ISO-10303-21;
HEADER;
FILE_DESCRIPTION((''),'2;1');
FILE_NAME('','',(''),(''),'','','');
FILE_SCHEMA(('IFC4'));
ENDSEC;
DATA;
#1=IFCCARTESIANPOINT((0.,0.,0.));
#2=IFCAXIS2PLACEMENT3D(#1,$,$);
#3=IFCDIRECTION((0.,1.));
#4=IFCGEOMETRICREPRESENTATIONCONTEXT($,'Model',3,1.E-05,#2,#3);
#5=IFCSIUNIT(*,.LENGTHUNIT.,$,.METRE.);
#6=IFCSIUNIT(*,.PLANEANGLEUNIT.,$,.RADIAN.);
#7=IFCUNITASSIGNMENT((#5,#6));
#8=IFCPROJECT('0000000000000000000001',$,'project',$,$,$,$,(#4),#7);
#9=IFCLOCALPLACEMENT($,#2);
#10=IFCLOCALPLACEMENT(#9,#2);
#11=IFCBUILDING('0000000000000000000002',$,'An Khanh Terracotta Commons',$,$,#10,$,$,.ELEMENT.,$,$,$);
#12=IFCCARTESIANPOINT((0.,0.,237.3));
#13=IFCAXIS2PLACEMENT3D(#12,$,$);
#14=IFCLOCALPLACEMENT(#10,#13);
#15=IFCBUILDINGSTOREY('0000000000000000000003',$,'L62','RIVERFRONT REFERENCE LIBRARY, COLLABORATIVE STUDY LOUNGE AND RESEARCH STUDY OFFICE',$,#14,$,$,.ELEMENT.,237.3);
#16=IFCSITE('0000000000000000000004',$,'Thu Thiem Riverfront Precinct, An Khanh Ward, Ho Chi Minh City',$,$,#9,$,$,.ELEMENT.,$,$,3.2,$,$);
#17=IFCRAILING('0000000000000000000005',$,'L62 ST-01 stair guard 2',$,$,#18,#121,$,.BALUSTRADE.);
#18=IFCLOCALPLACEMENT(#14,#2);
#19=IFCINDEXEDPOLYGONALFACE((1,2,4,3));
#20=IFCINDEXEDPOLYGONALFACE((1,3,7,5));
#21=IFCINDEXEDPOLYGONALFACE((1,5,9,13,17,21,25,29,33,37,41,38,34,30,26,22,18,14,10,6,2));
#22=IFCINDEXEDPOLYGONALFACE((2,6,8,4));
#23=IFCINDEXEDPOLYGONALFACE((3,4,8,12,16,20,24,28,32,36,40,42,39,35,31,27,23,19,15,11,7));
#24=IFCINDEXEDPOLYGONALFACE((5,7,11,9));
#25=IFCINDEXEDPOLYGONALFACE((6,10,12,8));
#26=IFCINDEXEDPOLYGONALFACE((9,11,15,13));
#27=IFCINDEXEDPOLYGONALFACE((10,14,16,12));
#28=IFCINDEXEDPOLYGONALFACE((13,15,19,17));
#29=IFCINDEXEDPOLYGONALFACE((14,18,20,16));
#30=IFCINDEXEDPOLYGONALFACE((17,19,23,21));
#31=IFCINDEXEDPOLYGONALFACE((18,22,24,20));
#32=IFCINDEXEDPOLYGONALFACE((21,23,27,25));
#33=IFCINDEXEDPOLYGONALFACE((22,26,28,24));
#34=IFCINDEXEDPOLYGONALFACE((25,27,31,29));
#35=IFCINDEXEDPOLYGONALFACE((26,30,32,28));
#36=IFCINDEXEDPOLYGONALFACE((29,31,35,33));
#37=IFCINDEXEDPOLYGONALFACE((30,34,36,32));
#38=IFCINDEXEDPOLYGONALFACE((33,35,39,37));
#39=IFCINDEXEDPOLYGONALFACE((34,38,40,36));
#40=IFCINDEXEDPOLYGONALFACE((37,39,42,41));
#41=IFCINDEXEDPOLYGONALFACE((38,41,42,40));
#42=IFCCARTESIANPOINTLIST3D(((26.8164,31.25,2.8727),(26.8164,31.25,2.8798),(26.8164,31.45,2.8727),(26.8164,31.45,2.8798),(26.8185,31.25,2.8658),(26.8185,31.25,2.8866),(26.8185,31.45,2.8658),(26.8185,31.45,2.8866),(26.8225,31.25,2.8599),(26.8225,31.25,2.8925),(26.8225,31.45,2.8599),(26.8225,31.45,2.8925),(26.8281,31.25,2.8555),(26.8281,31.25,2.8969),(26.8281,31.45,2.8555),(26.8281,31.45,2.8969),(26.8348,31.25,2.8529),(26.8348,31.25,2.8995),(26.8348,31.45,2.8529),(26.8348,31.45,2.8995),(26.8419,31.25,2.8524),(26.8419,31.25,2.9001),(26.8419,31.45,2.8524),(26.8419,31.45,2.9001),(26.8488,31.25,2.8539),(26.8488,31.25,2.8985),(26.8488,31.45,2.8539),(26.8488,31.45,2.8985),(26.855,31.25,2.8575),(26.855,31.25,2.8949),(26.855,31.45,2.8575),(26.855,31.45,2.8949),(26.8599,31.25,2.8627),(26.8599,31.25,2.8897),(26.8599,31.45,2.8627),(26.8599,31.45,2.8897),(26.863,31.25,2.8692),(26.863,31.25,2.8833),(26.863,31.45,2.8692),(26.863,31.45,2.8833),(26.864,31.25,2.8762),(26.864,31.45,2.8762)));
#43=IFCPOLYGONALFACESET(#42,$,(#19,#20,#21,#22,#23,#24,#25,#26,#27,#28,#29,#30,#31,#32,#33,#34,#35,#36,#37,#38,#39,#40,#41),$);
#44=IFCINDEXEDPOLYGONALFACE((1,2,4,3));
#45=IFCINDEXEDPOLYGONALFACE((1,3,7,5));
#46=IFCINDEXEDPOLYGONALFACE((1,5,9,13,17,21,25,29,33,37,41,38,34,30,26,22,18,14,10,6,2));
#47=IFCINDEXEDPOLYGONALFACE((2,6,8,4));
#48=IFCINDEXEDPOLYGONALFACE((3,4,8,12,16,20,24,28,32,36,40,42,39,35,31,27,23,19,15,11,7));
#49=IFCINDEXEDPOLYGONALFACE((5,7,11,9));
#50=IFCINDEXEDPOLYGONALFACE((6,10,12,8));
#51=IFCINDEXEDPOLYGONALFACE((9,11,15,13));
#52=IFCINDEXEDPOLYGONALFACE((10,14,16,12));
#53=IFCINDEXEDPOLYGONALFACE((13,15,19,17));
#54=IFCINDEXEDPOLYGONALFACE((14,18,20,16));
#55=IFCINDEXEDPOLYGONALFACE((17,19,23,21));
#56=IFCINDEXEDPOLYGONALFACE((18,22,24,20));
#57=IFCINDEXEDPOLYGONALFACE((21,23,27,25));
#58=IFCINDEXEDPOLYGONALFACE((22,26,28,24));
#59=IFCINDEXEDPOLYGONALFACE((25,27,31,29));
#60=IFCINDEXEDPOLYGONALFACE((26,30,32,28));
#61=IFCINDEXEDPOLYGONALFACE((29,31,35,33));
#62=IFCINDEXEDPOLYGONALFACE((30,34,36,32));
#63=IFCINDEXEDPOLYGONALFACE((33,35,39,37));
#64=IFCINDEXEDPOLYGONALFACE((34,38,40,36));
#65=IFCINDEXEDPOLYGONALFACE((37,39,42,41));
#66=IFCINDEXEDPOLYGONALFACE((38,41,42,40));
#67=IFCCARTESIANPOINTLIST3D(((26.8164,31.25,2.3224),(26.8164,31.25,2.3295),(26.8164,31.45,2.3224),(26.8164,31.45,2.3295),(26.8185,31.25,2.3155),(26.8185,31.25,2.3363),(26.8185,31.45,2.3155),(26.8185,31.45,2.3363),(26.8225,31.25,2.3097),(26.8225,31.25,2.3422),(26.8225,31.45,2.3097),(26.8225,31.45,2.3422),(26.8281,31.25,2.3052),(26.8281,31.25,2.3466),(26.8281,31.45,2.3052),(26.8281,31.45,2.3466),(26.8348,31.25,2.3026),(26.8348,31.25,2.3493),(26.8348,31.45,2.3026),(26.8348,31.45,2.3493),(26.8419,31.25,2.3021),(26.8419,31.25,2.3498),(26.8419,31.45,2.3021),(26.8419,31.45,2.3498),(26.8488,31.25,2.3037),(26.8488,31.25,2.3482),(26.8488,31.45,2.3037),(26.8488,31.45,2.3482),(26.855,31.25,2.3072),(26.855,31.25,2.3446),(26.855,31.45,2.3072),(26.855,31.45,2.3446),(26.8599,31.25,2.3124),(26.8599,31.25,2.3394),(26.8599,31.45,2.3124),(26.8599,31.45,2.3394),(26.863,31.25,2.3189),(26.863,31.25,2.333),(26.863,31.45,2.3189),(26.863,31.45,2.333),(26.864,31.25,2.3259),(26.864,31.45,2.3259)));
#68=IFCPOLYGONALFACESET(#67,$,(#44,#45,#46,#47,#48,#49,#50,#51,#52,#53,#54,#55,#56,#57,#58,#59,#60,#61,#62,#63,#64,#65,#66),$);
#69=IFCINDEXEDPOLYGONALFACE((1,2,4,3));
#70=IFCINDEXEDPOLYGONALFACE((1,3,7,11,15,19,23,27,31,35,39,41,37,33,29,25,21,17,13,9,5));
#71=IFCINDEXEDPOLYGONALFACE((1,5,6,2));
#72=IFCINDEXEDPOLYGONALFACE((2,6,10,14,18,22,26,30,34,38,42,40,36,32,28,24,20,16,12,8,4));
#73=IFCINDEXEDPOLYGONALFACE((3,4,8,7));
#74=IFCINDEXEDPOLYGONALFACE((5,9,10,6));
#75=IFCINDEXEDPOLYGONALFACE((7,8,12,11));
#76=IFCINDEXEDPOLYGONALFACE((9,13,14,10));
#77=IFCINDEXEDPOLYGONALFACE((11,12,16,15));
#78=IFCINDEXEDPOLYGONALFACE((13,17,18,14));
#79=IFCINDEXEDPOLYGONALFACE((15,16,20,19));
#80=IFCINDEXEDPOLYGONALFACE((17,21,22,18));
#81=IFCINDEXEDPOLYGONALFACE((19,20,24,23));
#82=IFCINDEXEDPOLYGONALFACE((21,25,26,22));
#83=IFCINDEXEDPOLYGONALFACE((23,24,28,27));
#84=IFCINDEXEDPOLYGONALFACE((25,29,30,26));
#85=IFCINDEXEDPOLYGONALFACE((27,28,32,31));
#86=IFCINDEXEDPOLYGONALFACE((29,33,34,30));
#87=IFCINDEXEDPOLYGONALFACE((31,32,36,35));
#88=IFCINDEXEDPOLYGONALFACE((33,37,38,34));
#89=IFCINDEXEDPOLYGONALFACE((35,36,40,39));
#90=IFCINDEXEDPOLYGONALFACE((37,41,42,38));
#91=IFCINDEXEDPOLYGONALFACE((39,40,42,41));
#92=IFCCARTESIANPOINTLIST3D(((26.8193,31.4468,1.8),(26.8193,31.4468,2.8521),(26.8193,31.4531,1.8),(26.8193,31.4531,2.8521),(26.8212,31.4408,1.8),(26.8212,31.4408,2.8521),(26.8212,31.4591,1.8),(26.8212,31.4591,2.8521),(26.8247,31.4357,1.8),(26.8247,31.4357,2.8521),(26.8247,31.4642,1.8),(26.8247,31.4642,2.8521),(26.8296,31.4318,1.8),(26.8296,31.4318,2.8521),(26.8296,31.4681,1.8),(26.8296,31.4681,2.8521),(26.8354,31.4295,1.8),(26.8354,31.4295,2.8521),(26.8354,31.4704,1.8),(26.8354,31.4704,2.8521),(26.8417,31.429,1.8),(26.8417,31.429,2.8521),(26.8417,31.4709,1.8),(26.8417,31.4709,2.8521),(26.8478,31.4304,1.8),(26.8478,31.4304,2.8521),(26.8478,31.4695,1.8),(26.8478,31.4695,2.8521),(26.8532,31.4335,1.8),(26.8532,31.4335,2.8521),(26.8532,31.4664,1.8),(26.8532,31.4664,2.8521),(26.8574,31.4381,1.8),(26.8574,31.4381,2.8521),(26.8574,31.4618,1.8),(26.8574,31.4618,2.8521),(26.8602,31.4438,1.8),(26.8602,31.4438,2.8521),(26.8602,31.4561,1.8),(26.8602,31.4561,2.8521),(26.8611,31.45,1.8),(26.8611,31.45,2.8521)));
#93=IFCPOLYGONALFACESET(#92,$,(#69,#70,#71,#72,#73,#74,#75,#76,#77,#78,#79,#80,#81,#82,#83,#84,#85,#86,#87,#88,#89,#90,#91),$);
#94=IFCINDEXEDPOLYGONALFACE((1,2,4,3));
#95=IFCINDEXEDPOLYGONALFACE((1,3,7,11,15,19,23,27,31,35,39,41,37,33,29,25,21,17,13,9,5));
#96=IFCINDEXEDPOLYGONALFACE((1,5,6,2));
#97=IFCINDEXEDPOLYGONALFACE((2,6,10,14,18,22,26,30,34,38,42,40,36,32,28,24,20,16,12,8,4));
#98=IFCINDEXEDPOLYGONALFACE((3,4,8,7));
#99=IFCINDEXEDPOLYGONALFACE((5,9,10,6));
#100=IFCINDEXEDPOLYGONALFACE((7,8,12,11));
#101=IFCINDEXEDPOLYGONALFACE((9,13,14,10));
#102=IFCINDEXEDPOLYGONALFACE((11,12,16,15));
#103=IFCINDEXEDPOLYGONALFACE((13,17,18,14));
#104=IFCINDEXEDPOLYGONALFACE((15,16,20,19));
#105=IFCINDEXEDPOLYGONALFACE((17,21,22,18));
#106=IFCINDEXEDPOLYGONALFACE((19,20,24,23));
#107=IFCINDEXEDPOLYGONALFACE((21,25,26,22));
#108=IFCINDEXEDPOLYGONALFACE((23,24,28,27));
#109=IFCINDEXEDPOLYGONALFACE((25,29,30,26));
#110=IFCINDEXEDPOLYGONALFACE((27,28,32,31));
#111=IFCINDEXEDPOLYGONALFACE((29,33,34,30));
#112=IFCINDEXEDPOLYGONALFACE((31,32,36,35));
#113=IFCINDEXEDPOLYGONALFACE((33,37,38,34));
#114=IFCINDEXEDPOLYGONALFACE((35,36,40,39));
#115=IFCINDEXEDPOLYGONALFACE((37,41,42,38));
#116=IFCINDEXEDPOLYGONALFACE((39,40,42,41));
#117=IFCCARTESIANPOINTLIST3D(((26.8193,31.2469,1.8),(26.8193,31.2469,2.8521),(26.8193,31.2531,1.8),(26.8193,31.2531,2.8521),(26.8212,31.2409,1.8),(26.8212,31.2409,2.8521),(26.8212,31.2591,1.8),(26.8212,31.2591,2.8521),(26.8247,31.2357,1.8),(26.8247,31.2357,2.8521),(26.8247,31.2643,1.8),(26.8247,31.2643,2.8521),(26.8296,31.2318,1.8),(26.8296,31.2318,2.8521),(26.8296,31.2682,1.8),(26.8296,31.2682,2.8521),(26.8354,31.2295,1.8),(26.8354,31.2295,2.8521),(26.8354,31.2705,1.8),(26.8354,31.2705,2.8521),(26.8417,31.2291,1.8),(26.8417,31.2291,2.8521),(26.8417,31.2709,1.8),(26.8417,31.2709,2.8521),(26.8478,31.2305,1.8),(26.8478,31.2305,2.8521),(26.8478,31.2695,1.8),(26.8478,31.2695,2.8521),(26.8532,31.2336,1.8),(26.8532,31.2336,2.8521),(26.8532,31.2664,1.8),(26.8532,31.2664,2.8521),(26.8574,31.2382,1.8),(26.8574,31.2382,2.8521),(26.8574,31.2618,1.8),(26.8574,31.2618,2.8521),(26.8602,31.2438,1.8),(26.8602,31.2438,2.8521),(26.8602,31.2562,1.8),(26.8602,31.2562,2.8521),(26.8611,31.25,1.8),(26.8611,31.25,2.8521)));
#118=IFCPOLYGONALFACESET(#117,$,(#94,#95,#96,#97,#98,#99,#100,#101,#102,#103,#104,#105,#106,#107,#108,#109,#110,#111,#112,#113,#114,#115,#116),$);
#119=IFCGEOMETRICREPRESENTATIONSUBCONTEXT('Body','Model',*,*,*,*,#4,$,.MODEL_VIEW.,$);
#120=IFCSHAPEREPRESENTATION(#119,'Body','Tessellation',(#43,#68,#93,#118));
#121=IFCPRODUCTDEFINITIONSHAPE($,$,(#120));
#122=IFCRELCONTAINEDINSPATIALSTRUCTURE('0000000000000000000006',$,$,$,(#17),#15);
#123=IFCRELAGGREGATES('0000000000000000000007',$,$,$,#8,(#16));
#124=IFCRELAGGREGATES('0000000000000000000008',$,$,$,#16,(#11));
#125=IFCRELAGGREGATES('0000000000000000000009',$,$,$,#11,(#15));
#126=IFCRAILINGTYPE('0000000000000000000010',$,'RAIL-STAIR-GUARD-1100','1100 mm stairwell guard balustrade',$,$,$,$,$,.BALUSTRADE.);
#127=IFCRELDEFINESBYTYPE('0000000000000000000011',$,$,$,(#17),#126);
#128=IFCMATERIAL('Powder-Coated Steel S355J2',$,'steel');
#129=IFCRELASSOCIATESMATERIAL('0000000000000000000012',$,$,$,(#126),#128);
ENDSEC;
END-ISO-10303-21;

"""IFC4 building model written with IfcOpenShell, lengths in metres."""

from ifc_helpers import new_model, si_unit, direction, frame, origin, origin_2d, place, context, subcontext, project, spatial, circle, extrude, material, type_object, element, save


model = new_model("IFC4")

# Units and contexts
model_context = context("Model", 3, precision=1e-05, world=origin(), true_north=direction((0.0, 1.0)))
body_context = subcontext(model_context, "Body", "Model", "MODEL_VIEW")
ifc_project = project(units=[si_unit("LENGTHUNIT", "METRE"), si_unit("PLANEANGLEUNIT", "RADIAN")], contexts=[model_context])

# Site, building, storey
site_placement = place(None, origin())
site = spatial("IfcSite", under=ifc_project, at=site_placement, Name="Thu Thiem Riverfront Precinct, An Khanh Ward, Ho Chi Minh City", CompositionType="ELEMENT", RefElevation=3.2)
building_placement = place(site_placement, origin())
building = spatial("IfcBuilding", under=site, at=building_placement, Name="An Khanh Terracotta Commons", CompositionType="ELEMENT")
storey_placement = place(building_placement, frame((0.0, 0.0, 237.3)))
storey = spatial("IfcBuildingStorey", under=building, at=storey_placement, Name="L62", Description="RIVERFRONT REFERENCE LIBRARY, COLLABORATIVE STUDY LOUNGE AND RESEARCH STUDY OFFICE", CompositionType="ELEMENT", Elevation=237.3)

# Railing
ifc_material_1 = material(Name="Powder-Coated Steel S355J2", Category="steel")
railing_type_1 = type_object("IfcRailingType", Name="RAIL-STAIR-GUARD-1100", Description="1100 mm stairwell guard balustrade", PredefinedType="BALUSTRADE", material=ifc_material_1)
railing_1_placement = place(storey_placement, frame((26.8401, 31.45, 1.8)))
element("IfcRailing", 1, at=railing_1_placement, inside=storey, type_object=railing_type_1, Name="L62 ST-01 stair guard 2", PredefinedType="BALUSTRADE", context=body_context, shape_type="SweptSolid", body=[
    extrude(circle(Radius=0.0239, at=origin_2d()), frame((0.0, 0.0, 1.0762), z_axis=(0.0, -1.0, 0.0), x_axis=(1.0, 0.0, 0.0)), (0.0, 0.0, 1.0), 0.2),
    extrude(circle(Radius=0.0239, at=origin_2d()), frame((0.0, 0.0, 0.5259), z_axis=(0.0, -1.0, 0.0), x_axis=(1.0, 0.0, 0.0)), (0.0, 0.0, 1.0), 0.2),
    extrude(circle(Radius=0.021, at=origin_2d()), origin(), (0.0, 0.0, 1.0), 1.052),
    extrude(circle(Radius=0.021, at=origin_2d()), frame((0.0, -0.2, 0.0)), (0.0, 0.0, 1.0), 1.052),
])

save(model, "model.ifc")
